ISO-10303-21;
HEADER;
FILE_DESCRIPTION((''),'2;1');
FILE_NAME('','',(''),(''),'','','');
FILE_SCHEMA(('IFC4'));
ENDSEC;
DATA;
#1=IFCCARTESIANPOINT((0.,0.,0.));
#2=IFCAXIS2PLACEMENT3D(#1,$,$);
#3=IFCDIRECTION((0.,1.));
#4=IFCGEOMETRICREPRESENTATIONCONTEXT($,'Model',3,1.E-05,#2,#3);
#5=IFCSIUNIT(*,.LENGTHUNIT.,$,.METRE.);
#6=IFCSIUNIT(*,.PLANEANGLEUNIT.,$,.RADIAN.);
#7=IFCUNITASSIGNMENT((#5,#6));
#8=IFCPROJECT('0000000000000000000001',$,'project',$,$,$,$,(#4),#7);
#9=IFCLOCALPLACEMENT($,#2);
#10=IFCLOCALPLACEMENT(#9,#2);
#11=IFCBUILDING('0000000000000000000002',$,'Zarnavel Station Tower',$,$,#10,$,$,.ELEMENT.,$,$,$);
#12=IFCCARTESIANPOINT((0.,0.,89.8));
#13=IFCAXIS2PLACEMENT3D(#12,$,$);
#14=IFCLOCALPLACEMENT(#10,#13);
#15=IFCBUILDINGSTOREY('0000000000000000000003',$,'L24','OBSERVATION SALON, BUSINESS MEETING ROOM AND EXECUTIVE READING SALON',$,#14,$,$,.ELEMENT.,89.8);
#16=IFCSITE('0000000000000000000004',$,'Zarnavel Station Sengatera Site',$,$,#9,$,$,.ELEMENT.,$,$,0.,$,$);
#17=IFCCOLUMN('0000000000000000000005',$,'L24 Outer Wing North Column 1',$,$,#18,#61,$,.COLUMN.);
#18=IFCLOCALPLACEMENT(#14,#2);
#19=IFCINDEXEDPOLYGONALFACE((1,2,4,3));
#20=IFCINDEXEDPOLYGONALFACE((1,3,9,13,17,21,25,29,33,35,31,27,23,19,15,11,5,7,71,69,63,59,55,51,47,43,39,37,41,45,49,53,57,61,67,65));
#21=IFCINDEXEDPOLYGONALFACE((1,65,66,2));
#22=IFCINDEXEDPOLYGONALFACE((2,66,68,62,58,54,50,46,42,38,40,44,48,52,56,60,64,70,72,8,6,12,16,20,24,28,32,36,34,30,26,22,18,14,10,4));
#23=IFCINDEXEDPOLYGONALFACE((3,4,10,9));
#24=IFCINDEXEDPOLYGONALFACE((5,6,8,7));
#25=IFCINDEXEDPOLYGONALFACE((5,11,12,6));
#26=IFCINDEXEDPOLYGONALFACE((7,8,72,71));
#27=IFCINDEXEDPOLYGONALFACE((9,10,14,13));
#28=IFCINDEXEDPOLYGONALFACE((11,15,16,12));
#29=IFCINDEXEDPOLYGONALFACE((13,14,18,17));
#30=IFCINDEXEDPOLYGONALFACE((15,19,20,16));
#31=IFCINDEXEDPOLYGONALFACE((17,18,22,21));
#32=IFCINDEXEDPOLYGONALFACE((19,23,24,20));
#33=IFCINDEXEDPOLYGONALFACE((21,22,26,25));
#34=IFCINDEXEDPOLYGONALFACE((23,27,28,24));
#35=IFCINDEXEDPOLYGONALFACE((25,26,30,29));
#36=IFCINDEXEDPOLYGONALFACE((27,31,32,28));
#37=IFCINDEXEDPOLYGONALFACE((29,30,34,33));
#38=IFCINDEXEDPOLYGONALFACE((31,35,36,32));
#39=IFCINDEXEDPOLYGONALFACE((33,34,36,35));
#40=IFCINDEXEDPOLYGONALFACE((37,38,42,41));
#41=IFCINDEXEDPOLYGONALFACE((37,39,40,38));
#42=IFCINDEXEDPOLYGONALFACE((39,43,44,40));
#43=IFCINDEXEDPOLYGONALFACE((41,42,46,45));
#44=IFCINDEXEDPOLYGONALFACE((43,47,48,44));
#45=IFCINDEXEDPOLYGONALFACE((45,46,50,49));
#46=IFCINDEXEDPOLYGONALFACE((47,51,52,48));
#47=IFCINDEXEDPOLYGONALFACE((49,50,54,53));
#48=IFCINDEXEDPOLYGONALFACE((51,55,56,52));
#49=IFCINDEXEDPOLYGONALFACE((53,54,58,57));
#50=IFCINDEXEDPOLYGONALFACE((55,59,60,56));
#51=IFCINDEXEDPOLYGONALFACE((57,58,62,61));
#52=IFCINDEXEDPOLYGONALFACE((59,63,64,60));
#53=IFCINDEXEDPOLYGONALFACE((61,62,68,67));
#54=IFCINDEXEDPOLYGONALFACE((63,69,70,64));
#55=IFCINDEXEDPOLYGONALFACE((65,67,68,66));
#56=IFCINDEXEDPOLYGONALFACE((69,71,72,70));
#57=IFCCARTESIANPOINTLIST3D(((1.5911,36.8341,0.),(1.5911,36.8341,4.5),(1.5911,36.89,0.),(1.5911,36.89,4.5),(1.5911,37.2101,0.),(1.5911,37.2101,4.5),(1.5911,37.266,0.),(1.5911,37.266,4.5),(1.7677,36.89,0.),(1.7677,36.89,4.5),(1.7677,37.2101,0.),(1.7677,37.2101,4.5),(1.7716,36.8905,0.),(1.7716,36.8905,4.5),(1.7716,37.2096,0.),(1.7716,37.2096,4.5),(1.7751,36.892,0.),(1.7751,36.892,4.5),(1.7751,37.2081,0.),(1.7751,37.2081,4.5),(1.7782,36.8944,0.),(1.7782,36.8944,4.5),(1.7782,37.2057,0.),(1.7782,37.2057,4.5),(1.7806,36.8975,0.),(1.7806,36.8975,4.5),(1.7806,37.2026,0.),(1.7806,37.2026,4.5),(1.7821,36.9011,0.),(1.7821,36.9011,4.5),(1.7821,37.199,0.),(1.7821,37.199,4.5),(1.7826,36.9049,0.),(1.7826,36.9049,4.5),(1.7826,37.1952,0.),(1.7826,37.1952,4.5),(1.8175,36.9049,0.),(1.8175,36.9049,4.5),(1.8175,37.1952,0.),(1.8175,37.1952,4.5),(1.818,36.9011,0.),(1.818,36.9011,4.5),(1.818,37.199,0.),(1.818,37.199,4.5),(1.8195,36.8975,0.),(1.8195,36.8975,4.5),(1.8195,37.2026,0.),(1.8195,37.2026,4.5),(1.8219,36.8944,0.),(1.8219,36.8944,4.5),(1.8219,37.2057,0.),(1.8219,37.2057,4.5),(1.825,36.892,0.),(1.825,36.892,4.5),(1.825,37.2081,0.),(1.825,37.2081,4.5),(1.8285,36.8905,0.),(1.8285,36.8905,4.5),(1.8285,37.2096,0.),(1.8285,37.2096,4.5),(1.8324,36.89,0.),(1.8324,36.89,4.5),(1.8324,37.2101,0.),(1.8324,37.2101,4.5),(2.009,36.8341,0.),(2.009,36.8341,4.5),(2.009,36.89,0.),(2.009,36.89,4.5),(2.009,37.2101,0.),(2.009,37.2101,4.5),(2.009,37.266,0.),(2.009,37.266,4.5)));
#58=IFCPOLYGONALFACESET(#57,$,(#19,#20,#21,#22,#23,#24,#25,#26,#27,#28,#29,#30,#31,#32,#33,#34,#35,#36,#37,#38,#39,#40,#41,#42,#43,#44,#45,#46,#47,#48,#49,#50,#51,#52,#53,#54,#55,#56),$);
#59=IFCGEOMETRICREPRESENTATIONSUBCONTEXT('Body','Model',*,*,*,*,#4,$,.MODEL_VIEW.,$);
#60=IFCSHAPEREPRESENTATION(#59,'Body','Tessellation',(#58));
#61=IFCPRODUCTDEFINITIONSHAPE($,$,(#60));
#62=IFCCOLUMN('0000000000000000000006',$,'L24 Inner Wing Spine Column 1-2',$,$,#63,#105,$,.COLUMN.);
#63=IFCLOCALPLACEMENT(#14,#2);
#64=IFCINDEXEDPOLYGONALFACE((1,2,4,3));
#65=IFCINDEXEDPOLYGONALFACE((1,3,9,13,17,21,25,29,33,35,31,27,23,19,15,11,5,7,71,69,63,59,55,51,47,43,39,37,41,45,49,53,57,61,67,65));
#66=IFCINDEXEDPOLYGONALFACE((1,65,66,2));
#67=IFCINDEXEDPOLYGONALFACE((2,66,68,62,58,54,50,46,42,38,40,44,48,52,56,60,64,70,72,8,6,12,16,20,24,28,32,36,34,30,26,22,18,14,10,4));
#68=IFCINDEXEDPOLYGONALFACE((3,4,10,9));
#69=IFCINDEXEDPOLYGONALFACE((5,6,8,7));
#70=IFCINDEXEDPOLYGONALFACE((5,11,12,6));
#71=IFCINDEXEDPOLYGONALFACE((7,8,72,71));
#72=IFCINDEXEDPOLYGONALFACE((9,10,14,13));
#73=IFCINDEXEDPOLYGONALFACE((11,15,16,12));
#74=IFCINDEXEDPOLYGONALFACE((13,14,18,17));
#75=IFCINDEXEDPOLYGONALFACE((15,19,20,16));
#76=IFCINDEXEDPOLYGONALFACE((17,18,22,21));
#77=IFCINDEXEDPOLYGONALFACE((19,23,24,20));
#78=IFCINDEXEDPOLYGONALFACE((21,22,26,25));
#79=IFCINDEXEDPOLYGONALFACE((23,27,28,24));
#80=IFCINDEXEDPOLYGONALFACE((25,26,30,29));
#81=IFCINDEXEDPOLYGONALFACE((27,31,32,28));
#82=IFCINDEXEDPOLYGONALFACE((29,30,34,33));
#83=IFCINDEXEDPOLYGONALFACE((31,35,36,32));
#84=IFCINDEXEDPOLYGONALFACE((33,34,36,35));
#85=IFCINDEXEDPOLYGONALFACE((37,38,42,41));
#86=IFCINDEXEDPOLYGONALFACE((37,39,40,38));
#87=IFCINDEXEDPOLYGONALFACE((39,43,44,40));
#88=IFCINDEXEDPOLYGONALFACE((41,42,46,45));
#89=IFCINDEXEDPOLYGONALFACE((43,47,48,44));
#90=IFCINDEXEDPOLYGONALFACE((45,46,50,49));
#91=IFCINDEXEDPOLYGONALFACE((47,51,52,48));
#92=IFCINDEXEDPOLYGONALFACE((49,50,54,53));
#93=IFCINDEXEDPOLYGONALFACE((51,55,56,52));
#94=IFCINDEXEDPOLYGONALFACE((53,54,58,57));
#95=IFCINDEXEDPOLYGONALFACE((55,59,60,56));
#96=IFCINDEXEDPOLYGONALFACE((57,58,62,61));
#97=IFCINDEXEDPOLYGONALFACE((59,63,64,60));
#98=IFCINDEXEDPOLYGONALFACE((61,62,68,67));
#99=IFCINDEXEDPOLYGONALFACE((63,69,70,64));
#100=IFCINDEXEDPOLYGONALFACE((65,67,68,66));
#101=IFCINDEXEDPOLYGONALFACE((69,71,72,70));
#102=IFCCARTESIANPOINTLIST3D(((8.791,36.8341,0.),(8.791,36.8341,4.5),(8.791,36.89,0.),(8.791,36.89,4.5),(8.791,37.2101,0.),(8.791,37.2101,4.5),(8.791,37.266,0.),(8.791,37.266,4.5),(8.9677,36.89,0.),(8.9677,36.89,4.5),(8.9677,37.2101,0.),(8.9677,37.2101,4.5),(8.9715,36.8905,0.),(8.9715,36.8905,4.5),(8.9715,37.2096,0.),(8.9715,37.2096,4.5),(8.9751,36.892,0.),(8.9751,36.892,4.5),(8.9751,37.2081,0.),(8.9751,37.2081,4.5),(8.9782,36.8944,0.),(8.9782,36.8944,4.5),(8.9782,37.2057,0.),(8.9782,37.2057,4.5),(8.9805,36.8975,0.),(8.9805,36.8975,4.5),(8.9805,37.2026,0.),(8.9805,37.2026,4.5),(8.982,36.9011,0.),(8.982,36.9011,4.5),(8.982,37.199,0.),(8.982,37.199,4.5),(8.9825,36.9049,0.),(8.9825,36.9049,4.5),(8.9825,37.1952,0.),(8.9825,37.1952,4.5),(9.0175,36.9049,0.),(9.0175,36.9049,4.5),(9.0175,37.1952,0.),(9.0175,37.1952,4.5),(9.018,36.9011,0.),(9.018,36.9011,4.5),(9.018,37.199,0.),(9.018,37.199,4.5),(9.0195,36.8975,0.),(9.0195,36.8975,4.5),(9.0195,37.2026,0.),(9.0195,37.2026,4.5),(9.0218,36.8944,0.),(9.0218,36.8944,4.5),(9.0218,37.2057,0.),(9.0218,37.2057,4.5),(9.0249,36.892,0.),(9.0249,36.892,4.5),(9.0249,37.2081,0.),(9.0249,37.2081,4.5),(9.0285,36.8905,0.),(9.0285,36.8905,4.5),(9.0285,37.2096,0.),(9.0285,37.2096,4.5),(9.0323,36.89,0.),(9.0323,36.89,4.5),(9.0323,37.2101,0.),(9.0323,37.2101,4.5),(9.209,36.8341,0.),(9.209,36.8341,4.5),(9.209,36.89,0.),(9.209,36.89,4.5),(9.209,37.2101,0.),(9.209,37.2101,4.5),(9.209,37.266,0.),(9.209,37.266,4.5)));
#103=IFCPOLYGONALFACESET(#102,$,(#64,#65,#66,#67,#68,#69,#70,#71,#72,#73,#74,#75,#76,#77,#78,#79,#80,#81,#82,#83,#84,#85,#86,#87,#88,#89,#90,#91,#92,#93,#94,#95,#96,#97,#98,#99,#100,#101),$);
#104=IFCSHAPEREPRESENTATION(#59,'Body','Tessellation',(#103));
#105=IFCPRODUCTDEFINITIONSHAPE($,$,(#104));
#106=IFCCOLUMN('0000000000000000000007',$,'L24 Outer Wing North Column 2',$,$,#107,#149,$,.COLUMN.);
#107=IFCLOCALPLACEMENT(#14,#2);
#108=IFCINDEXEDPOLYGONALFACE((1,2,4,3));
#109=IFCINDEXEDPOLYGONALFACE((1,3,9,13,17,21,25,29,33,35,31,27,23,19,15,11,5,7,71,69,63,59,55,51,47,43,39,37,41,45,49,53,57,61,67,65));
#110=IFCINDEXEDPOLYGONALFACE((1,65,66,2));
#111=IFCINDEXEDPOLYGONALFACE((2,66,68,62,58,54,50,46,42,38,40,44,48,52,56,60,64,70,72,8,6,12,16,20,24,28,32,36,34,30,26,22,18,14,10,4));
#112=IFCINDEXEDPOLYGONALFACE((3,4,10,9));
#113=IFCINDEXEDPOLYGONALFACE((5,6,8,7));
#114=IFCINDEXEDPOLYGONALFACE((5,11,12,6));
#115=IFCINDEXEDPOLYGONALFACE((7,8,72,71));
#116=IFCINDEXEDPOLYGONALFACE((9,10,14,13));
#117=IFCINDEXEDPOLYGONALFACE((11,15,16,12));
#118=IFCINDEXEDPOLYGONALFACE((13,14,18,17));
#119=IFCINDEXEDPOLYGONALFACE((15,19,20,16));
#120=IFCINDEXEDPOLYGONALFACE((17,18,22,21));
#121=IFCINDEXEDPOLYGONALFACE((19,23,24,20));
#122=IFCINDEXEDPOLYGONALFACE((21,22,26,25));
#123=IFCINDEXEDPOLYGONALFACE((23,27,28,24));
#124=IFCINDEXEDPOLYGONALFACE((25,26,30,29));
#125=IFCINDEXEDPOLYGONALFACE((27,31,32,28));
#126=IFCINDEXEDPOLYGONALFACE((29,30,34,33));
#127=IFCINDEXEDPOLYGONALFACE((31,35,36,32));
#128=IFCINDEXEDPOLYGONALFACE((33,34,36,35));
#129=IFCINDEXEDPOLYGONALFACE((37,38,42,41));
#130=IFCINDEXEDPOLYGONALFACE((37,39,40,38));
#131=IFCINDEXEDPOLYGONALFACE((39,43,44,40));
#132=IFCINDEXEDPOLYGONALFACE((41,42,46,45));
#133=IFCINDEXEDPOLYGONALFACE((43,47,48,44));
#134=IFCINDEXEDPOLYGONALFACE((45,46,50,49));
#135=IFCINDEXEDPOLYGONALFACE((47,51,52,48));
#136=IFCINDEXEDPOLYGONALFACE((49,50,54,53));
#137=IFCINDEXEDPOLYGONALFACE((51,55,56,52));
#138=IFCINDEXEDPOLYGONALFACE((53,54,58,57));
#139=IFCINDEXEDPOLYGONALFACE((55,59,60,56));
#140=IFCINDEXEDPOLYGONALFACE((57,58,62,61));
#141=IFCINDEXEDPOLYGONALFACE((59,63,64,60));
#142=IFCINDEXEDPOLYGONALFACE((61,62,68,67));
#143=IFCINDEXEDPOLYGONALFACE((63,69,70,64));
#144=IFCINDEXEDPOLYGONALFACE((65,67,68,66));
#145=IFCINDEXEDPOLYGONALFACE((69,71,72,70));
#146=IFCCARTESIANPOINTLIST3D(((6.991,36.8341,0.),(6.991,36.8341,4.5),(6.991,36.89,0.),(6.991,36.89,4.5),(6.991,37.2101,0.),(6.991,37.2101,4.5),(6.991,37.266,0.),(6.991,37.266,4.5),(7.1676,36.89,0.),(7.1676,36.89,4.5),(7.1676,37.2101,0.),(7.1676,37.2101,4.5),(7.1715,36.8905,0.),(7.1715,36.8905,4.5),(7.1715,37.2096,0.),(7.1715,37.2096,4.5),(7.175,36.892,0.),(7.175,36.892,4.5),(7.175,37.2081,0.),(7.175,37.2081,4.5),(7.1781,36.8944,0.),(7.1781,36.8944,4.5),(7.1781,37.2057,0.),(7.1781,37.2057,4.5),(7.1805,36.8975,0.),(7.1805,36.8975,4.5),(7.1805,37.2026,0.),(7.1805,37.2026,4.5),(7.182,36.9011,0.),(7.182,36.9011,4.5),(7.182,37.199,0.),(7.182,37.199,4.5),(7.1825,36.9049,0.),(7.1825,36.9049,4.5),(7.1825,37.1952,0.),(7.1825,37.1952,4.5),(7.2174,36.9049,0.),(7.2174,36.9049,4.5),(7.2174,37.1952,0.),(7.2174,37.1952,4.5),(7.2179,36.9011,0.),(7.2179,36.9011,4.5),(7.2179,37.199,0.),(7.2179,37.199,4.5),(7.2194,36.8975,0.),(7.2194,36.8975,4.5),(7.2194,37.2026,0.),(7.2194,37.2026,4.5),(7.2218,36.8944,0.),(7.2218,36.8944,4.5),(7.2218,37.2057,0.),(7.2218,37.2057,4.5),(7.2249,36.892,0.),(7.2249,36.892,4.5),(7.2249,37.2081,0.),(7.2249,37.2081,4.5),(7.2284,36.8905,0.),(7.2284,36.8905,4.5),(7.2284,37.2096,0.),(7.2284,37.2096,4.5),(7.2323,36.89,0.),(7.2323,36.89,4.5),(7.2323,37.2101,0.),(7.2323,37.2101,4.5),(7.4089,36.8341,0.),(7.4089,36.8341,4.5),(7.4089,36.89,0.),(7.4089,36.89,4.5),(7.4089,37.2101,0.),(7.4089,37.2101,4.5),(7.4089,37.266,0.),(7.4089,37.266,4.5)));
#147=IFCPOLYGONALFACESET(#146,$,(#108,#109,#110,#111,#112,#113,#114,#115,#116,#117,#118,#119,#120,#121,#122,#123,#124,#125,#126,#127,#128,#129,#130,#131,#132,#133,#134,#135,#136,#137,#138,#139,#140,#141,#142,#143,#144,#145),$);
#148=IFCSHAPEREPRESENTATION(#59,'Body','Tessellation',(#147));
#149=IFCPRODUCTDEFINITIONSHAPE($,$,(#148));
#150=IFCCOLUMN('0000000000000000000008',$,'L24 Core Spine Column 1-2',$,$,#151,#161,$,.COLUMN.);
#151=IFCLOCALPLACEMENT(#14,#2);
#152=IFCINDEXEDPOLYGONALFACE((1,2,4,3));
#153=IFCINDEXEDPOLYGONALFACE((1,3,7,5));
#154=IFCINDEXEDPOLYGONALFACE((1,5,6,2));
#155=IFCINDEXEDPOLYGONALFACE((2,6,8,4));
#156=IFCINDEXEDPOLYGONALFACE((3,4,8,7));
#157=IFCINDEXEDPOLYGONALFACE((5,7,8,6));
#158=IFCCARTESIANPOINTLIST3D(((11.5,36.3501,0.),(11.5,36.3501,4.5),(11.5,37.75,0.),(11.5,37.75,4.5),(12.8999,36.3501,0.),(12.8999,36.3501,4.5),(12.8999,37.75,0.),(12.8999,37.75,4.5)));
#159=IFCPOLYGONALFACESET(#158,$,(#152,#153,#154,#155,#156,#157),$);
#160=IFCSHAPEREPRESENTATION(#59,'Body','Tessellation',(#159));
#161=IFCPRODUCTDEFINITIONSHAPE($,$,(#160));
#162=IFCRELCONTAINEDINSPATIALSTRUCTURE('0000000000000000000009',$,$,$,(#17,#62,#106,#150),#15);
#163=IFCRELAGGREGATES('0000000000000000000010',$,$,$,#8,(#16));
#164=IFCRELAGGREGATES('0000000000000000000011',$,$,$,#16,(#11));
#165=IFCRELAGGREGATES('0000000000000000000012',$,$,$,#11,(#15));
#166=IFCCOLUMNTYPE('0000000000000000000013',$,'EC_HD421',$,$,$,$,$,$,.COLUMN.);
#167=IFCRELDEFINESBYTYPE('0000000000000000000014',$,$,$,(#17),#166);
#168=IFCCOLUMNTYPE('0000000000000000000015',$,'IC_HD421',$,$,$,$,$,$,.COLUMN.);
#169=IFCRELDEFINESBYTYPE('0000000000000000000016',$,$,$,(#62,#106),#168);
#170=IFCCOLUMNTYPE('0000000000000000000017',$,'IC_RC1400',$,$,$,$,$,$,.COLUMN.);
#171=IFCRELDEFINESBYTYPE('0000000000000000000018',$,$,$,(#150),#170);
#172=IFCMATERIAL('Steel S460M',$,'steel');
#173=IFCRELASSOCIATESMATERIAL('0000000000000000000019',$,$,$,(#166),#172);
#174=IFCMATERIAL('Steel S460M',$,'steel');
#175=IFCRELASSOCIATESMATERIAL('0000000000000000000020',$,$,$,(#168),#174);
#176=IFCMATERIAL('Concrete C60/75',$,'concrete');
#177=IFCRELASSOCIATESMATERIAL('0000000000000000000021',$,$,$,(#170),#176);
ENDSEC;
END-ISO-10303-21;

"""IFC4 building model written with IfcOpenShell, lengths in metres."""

from ifc_helpers import new_model, si_unit, direction, frame, origin, origin_2d, place, context, subcontext, project, spatial, rectangle, i_section, extrude, material, material_profile, profile_set, type_object, element, save


model = new_model("IFC4")

# Units and contexts
model_context = context("Model", 3, precision=1e-05, world=origin(), true_north=direction((0.0, 1.0)))
body_context = subcontext(model_context, "Body", "Model", "MODEL_VIEW")
ifc_project = project(units=[si_unit("LENGTHUNIT", "METRE"), si_unit("PLANEANGLEUNIT", "RADIAN")], contexts=[model_context])

# Site, building, storey
site_placement = place(None, origin())
site = spatial("IfcSite", under=ifc_project, at=site_placement, Name="Zarnavel Station Sengatera Site", CompositionType="ELEMENT", RefElevation=0.0)
building_placement = place(site_placement, origin())
building = spatial("IfcBuilding", under=site, at=building_placement, Name="Zarnavel Station Tower", CompositionType="ELEMENT")
storey_placement = place(building_placement, frame((0.0, 0.0, 89.8)))
storey = spatial("IfcBuildingStorey", under=building, at=storey_placement, Name="L24", Description="OBSERVATION SALON, BUSINESS MEETING ROOM AND EXECUTIVE READING SALON", CompositionType="ELEMENT", Elevation=89.8)

# Columns
ifc_material_1 = material(Name="Steel S460M", Category="steel")
ifc_material_profile_1 = material_profile(ifc_material_1, i_section(OverallWidth=0.418, OverallDepth=0.4319, WebThickness=0.0349, FlangeThickness=0.0559, FilletRadius=0.0149, at=origin_2d()), Name="HD400x421")
ifc_profile_set_1 = profile_set([ifc_material_profile_1], Name="Steel S460M")
column_type_1 = type_object("IfcColumnType", Name="EC_HD421", PredefinedType="COLUMN", material=ifc_profile_set_1)
column_1_placement = place(storey_placement, frame((1.8, 37.05, 0.0), z_axis=(0.0, 0.0, 1.0), x_axis=(1.0, 0.0, 0.0)))
element("IfcColumn", 1, at=column_1_placement, inside=storey, type_object=column_type_1, Name="L24 Outer Wing North Column 1", PredefinedType="COLUMN", context=body_context, shape_type="SweptSolid", body=[
    extrude(i_section(OverallWidth=0.418, OverallDepth=0.4319, WebThickness=0.0349, FlangeThickness=0.0559, FilletRadius=0.0149, at=origin_2d()), origin(), (0.0, 0.0, 1.0), 4.5),
])
ifc_material_2 = material(Name="Steel S460M", Category="steel")
ifc_material_profile_2 = material_profile(ifc_material_2, i_section(OverallWidth=0.418, OverallDepth=0.4319, WebThickness=0.0349, FlangeThickness=0.0559, FilletRadius=0.0149, at=origin_2d()), Name="HD400x421")
ifc_profile_set_2 = profile_set([ifc_material_profile_2], Name="Steel S460M")
column_type_2 = type_object("IfcColumnType", Name="IC_HD421", PredefinedType="COLUMN", material=ifc_profile_set_2)
for number, where, z_axis, x_axis, name in (
    (2, (9.0, 37.05, 0.0), (0.0, 0.0, 1.0), (1.0, 0.0, 0.0), "L24 Inner Wing Spine Column 1-2"),
    (3, (7.2, 37.05, 0.0), (0.0, 0.0, 1.0), (1.0, 0.0, 0.0), "L24 Outer Wing North Column 2"),
):
    element("IfcColumn", number, at=place(storey_placement, frame(where, z_axis=z_axis, x_axis=x_axis)), inside=storey, type_object=column_type_2, Name=name, PredefinedType="COLUMN", context=body_context, shape_type="SweptSolid", body=[
        extrude(i_section(OverallWidth=0.418, OverallDepth=0.4319, WebThickness=0.0349, FlangeThickness=0.0559, FilletRadius=0.0149, at=origin_2d()), origin(), (0.0, 0.0, 1.0), 4.5),
    ])
ifc_material_3 = material(Name="Concrete C60/75", Category="concrete")
ifc_material_profile_3 = material_profile(ifc_material_3, rectangle(XDim=1.3999, YDim=1.3999, at=origin_2d()), Name="RC1400x1400")
ifc_profile_set_3 = profile_set([ifc_material_profile_3], Name="Concrete C60/75")
column_type_3 = type_object("IfcColumnType", Name="IC_RC1400", PredefinedType="COLUMN", material=ifc_profile_set_3)
column_2_placement = place(storey_placement, frame((12.2, 37.05, 0.0), z_axis=(0.0, 0.0, 1.0), x_axis=(1.0, 0.0, 0.0)))
element("IfcColumn", 4, at=column_2_placement, inside=storey, type_object=column_type_3, Name="L24 Core Spine Column 1-2", PredefinedType="COLUMN", context=body_context, shape_type="SweptSolid", body=[
    extrude(rectangle(XDim=1.3999, YDim=1.3999, at=origin_2d()), origin(), (0.0, 0.0, 1.0), 4.5),
])

save(model, "model.ifc")
